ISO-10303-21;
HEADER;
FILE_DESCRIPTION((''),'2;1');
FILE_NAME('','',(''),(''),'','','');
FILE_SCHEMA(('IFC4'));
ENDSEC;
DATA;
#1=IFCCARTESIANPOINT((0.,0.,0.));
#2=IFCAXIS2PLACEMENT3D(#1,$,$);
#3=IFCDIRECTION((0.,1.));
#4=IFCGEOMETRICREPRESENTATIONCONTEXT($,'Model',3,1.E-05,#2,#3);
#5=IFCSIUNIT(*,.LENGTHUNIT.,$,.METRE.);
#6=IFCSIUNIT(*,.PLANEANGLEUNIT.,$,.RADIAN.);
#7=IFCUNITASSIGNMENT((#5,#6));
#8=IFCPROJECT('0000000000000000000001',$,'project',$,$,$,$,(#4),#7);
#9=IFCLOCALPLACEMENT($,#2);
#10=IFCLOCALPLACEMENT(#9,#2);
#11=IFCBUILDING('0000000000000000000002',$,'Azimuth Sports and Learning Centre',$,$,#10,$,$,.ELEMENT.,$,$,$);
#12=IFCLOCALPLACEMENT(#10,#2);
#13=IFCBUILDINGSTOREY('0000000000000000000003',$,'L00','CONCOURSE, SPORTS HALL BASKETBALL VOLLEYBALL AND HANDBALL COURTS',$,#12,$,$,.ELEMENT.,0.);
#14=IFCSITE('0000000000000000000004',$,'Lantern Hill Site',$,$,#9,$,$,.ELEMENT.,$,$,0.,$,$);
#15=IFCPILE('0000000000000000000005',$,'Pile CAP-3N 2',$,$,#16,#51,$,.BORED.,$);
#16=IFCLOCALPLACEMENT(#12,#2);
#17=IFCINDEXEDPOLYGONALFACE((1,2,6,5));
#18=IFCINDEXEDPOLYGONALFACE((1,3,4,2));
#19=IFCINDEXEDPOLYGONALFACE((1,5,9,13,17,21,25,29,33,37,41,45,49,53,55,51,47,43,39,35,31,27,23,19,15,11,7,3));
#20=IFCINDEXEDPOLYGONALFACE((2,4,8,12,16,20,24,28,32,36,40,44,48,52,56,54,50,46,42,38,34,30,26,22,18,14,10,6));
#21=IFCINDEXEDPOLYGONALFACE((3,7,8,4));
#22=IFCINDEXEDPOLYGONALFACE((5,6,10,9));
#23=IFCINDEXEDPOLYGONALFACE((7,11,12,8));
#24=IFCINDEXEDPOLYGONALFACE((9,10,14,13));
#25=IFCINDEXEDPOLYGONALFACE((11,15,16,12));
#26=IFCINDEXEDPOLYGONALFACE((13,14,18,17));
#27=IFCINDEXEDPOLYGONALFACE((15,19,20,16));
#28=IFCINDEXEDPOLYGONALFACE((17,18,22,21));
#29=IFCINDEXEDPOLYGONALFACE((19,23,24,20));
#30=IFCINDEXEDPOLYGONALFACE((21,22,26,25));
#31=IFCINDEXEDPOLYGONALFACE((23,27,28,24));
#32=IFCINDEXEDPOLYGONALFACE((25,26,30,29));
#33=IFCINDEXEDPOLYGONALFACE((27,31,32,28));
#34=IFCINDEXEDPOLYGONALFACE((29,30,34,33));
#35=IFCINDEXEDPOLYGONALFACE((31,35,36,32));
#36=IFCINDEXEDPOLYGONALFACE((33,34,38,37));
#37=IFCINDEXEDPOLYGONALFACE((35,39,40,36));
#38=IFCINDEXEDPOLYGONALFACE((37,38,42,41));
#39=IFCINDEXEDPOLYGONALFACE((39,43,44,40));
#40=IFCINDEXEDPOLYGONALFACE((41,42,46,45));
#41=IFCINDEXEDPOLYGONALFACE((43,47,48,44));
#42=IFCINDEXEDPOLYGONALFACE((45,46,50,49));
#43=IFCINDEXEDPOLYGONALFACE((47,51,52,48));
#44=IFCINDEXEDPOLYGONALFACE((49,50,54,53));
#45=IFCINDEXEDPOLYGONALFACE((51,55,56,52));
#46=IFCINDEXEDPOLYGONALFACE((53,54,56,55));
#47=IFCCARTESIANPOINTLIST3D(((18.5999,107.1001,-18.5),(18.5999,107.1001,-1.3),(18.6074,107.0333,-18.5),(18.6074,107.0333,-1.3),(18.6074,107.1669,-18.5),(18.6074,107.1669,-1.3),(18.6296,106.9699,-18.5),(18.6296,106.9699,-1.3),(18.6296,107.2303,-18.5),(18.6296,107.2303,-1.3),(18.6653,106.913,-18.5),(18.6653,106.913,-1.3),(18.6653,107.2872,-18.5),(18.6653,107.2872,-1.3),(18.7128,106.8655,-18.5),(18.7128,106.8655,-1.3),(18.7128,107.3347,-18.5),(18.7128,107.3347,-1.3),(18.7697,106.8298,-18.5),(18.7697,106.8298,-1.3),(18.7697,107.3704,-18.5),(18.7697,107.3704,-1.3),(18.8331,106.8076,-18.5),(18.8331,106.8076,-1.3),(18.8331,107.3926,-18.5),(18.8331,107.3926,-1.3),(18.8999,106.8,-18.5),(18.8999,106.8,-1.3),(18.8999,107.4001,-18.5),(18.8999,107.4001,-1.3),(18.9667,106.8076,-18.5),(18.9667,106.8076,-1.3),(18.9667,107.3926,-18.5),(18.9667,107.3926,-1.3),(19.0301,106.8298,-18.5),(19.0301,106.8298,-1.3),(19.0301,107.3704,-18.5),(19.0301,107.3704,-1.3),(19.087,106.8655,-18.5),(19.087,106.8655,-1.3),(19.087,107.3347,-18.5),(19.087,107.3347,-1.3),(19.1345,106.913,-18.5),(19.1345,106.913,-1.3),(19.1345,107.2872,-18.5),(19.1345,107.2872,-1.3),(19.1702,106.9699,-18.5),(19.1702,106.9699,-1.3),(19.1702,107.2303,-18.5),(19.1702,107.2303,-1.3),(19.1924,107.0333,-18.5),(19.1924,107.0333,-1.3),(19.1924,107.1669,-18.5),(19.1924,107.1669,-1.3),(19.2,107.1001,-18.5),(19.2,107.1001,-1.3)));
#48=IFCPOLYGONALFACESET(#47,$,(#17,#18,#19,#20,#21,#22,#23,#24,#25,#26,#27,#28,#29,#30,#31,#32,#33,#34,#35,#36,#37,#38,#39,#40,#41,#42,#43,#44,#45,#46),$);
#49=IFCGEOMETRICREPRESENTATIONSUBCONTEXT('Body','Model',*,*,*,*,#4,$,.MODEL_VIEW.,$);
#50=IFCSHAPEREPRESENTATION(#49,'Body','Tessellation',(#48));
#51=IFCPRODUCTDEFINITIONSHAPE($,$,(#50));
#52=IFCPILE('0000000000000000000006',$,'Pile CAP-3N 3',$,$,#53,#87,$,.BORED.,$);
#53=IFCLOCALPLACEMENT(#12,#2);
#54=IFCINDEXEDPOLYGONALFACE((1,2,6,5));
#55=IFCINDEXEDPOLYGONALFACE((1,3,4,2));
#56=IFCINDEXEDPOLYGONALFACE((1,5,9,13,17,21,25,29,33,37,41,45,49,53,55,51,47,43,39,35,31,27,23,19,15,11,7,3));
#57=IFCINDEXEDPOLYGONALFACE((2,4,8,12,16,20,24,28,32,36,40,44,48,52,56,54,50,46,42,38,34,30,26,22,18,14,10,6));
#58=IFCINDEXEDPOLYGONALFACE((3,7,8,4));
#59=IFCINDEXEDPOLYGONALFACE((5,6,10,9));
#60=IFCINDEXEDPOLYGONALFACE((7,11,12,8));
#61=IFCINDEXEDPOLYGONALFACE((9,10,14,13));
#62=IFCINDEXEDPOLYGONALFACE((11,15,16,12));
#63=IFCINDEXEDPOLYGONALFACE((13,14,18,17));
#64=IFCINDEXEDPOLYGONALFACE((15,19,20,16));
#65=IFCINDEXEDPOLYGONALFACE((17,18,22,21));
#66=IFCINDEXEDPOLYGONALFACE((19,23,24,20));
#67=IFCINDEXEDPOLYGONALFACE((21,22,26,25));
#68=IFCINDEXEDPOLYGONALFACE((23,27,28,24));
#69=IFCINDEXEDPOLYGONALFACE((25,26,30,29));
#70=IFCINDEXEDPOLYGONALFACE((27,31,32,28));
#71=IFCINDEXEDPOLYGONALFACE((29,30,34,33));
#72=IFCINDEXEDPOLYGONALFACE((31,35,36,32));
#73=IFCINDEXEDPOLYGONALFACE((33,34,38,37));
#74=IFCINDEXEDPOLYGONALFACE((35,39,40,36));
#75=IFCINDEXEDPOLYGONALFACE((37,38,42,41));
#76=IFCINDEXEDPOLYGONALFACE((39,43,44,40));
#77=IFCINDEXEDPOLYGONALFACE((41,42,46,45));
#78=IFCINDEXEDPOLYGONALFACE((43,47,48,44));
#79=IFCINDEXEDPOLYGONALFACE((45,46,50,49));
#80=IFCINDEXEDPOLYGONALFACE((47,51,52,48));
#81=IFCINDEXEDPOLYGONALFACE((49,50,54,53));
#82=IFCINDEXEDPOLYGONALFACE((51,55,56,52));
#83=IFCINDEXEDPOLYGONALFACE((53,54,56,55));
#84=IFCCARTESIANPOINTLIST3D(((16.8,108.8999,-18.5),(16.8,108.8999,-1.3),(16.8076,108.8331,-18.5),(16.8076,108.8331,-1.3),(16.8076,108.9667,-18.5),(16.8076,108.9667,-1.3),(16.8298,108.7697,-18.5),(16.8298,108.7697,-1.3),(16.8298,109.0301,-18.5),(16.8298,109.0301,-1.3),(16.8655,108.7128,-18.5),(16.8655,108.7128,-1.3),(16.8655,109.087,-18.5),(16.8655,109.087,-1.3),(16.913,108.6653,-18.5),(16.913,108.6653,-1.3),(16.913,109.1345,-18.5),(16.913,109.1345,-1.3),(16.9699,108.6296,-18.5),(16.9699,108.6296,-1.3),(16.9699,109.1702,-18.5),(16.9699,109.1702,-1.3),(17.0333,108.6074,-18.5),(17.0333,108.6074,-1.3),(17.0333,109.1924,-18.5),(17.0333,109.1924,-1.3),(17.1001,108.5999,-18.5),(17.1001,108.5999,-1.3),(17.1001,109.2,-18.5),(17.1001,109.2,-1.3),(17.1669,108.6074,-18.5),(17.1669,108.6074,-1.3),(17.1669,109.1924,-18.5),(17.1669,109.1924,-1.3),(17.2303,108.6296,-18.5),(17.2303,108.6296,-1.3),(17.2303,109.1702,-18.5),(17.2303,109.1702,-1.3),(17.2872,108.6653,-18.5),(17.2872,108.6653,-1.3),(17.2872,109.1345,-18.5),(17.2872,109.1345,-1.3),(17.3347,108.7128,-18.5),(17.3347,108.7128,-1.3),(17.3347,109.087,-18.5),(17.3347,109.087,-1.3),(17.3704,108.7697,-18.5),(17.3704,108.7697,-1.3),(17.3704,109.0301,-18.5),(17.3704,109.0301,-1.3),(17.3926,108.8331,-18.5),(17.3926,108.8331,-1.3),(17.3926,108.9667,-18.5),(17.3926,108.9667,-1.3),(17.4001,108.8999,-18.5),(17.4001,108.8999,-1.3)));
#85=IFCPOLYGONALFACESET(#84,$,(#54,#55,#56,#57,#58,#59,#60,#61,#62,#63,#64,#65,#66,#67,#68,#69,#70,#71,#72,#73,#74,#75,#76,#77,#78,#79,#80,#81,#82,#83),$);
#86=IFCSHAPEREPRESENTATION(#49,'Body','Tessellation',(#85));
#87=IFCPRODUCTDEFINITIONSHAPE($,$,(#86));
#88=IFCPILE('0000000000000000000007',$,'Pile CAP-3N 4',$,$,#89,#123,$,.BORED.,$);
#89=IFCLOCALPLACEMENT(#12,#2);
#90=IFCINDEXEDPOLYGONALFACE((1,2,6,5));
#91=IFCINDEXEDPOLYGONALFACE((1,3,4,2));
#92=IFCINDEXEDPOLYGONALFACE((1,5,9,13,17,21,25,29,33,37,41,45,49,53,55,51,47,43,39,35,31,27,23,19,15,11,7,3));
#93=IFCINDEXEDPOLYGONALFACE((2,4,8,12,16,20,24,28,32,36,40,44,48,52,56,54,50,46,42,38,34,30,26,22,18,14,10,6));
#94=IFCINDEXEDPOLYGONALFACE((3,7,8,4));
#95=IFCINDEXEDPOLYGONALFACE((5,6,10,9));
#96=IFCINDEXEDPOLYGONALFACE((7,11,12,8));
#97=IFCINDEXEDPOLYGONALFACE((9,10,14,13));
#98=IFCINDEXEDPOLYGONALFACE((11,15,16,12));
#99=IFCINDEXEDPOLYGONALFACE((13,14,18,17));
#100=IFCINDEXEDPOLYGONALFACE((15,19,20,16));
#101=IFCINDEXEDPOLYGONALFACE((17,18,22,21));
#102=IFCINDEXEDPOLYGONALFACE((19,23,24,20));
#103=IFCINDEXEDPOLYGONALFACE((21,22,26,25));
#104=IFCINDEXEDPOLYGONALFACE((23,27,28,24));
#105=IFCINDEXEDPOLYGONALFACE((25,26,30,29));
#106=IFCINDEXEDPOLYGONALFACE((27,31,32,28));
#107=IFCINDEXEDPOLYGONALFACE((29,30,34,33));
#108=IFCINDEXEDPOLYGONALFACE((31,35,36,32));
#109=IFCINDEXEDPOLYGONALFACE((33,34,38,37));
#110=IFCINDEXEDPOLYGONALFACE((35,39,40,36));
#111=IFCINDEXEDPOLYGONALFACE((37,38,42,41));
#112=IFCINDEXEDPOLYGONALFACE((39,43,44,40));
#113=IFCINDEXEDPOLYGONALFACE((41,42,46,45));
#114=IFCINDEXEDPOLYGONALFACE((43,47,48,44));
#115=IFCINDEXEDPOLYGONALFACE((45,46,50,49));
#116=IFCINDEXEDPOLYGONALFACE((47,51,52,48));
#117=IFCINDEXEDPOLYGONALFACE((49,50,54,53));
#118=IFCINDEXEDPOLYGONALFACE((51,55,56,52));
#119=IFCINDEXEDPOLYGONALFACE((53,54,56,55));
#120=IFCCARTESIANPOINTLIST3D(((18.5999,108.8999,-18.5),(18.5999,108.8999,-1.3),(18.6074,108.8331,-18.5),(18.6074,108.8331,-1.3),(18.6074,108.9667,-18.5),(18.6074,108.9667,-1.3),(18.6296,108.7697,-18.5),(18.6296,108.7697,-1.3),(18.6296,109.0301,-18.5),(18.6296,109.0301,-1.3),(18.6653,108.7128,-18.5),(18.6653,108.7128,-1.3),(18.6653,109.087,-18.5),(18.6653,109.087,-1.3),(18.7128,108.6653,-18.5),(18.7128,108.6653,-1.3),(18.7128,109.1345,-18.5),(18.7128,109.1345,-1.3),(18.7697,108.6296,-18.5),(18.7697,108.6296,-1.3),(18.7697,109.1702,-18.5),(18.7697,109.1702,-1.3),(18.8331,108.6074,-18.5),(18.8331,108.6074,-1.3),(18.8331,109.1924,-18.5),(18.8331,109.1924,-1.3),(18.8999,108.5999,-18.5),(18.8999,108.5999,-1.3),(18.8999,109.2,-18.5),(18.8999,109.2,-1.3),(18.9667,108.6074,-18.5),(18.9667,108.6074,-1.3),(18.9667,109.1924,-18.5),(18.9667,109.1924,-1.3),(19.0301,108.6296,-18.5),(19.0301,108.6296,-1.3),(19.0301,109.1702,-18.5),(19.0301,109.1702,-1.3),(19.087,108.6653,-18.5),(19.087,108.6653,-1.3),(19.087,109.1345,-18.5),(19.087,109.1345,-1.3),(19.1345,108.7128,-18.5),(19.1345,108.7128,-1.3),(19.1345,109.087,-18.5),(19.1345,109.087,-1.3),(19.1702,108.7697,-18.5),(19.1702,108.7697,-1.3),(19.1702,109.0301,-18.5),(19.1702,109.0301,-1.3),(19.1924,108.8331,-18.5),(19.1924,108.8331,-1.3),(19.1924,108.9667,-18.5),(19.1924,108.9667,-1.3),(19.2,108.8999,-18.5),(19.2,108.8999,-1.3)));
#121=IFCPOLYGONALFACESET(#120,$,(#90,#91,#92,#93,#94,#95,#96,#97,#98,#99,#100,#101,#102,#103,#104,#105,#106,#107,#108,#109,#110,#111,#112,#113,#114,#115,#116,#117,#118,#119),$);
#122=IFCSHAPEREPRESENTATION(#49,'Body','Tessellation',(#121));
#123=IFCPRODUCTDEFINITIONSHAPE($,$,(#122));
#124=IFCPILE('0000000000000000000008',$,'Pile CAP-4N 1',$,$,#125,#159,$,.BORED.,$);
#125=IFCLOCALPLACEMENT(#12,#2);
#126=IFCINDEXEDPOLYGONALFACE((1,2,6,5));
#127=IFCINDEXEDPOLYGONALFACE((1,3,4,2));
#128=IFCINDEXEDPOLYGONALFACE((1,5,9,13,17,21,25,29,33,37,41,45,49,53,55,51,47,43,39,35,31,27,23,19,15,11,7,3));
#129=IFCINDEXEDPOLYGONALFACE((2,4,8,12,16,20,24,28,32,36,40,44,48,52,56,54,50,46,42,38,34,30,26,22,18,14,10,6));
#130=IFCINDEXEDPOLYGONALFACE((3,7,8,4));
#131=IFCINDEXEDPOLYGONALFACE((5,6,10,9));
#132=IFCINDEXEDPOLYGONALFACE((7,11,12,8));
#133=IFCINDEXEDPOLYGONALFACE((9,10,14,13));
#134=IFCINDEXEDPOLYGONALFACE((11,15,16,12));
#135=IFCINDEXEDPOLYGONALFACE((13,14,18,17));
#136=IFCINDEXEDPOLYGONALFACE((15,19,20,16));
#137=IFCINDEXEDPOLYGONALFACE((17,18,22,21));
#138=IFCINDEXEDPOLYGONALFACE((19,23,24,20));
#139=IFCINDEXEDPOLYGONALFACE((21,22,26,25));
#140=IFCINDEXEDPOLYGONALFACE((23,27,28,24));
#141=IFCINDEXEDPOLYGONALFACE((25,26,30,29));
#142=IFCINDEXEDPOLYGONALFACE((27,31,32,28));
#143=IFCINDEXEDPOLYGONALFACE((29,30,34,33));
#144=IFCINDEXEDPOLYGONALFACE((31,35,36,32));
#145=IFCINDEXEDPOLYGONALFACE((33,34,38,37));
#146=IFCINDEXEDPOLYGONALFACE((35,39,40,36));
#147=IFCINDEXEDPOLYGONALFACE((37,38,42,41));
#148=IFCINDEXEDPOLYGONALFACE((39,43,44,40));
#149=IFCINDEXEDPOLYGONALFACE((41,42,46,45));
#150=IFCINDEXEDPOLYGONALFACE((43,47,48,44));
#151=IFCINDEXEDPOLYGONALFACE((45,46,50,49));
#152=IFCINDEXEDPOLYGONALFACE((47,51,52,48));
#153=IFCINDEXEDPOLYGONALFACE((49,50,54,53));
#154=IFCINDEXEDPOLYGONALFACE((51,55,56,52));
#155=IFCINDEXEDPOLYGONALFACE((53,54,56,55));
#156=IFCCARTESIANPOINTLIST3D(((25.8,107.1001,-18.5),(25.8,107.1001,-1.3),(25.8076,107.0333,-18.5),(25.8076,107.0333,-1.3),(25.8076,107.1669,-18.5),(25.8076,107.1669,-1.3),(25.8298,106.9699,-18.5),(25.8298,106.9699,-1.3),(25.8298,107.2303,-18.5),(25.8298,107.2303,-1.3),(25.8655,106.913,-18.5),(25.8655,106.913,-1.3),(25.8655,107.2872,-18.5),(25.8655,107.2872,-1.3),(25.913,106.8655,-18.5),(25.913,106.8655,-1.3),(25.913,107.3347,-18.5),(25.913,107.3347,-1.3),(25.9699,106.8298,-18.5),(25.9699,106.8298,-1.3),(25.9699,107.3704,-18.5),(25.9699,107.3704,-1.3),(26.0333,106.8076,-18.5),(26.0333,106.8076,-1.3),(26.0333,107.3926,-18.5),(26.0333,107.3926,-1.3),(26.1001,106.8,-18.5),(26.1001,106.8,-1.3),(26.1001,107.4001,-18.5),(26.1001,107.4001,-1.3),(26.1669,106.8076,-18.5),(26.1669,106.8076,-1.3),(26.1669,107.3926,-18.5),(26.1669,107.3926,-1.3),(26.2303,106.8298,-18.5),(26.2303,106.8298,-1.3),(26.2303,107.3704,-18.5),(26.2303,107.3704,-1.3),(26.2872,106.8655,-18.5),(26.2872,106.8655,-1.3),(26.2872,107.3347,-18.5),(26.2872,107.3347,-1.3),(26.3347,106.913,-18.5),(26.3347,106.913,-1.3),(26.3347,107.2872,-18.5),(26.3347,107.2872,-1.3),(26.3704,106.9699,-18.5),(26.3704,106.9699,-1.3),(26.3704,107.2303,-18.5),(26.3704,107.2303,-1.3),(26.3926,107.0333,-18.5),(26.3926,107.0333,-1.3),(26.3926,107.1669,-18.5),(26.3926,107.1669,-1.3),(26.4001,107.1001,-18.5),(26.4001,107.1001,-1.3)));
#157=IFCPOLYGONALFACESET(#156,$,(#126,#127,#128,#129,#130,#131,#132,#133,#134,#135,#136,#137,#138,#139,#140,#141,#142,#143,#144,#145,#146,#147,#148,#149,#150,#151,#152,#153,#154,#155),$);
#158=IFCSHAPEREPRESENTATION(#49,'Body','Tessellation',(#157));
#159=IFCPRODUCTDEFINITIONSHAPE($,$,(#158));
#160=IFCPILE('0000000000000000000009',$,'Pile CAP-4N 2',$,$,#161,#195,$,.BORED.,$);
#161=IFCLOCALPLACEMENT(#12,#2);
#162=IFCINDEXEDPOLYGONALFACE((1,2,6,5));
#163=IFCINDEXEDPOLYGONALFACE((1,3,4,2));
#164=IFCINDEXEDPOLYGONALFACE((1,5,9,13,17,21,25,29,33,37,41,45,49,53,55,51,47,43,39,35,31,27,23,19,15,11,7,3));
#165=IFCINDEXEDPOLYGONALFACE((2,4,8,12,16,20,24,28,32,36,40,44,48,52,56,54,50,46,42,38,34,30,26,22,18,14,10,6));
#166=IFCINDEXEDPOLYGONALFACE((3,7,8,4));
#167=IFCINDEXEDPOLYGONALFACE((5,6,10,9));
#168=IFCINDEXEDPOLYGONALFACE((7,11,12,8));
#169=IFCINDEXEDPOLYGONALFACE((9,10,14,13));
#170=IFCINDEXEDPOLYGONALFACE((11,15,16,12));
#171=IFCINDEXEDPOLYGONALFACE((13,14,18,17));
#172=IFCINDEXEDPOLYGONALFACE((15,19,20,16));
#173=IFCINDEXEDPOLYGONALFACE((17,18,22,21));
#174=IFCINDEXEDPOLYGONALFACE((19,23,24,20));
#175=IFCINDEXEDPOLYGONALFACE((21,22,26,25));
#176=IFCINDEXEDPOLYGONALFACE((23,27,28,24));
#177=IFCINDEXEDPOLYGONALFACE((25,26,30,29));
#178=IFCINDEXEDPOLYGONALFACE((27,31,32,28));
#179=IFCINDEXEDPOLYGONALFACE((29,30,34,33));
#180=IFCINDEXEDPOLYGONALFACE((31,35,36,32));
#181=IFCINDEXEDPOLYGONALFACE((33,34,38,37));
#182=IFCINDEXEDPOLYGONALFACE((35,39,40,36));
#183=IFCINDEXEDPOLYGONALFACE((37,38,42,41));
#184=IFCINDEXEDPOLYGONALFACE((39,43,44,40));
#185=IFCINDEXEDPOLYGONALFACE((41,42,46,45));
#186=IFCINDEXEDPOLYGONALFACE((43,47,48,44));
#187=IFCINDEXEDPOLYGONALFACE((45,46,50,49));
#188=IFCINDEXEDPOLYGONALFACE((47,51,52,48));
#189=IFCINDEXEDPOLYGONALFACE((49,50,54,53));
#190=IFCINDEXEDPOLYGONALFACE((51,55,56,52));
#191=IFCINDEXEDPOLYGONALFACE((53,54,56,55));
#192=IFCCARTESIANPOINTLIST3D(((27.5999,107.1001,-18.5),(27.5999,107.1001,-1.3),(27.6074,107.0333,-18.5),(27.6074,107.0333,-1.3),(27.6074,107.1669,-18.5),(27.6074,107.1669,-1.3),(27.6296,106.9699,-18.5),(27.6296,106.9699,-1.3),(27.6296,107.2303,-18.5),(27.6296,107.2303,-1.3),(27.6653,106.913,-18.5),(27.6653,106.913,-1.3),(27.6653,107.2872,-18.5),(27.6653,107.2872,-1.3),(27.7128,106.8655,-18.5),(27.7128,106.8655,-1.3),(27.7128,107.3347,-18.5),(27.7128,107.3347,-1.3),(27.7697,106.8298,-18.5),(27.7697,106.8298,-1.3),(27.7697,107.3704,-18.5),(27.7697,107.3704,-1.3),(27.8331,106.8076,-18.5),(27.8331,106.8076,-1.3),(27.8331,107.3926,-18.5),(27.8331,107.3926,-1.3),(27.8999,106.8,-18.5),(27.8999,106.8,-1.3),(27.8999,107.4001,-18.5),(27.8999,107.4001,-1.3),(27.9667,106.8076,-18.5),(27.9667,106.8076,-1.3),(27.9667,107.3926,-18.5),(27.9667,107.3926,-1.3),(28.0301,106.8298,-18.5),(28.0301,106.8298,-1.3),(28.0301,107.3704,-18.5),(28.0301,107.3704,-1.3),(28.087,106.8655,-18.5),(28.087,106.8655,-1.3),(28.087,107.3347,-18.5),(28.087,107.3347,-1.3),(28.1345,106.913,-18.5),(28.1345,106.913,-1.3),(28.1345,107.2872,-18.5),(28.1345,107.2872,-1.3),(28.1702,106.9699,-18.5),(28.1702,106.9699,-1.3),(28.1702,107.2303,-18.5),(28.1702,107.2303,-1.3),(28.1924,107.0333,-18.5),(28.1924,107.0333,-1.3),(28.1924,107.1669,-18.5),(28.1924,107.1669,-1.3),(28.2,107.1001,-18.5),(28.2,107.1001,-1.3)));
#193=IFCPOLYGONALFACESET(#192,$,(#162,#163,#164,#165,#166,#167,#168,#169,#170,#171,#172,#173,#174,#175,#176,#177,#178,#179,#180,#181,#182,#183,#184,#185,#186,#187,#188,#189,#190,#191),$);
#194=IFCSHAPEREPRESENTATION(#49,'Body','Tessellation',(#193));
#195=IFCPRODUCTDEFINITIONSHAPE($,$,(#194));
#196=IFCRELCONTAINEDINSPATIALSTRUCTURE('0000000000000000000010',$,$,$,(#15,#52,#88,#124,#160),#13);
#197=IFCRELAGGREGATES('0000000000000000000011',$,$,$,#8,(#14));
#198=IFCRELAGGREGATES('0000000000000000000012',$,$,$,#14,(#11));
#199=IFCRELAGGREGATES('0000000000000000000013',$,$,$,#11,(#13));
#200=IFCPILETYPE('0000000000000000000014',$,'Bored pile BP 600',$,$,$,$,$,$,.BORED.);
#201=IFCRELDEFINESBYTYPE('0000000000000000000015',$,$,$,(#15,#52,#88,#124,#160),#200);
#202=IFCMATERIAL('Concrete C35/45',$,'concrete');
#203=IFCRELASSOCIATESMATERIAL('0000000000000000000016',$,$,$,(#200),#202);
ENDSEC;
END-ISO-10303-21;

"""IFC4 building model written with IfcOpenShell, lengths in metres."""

from ifc_helpers import new_model, si_unit, direction, frame, origin, origin_2d, place, context, subcontext, project, spatial, circle, extrude, material, material_profile, profile_set, type_object, element, save


model = new_model("IFC4")

# Units and contexts
model_context = context("Model", 3, precision=1e-05, world=origin(), true_north=direction((0.0, 1.0)))
body_context = subcontext(model_context, "Body", "Model", "MODEL_VIEW")
ifc_project = project(units=[si_unit("LENGTHUNIT", "METRE"), si_unit("PLANEANGLEUNIT", "RADIAN")], contexts=[model_context])

# Site, building, storey
site_placement = place(None, origin())
site = spatial("IfcSite", under=ifc_project, at=site_placement, Name="Lantern Hill Site", CompositionType="ELEMENT", RefElevation=0.0)
building_placement = place(site_placement, origin())
building = spatial("IfcBuilding", under=site, at=building_placement, Name="Azimuth Sports and Learning Centre", CompositionType="ELEMENT")
storey_placement = place(building_placement, origin())
storey = spatial("IfcBuildingStorey", under=building, at=storey_placement, Name="L00", Description="CONCOURSE, SPORTS HALL BASKETBALL VOLLEYBALL AND HANDBALL COURTS", CompositionType="ELEMENT", Elevation=0.0)

# Piles
ifc_material_1 = material(Name="Concrete C35/45", Category="concrete")
ifc_material_profile_1 = material_profile(ifc_material_1, circle(Radius=0.3, at=origin_2d()), Name="BP 600")
ifc_profile_set_1 = profile_set([ifc_material_profile_1], Name="Concrete C35/45")
pile_type = type_object("IfcPileType", Name="Bored pile BP 600", PredefinedType="BORED", material=ifc_profile_set_1)
for number, where, z_axis, x_axis, name in (
    (1, (18.8999, 107.1001, -1.3), (0.0, 0.0, -1.0), (1.0, 0.0, 0.0), "Pile CAP-3N 2"),
    (2, (17.1001, 108.8999, -1.3), (0.0, 0.0, -1.0), (1.0, 0.0, 0.0), "Pile CAP-3N 3"),
    (3, (18.8999, 108.8999, -1.3), (0.0, 0.0, -1.0), (1.0, 0.0, 0.0), "Pile CAP-3N 4"),
    (4, (26.1001, 107.1001, -1.3), (0.0, 0.0, -1.0), (1.0, 0.0, 0.0), "Pile CAP-4N 1"),
    (5, (27.8999, 107.1001, -1.3), (0.0, 0.0, -1.0), (1.0, 0.0, 0.0), "Pile CAP-4N 2"),
):
    element("IfcPile", number, at=place(storey_placement, frame(where, z_axis=z_axis, x_axis=x_axis)), inside=storey, type_object=pile_type, Name=name, PredefinedType="BORED", context=body_context, shape_type="SweptSolid", body=[
        extrude(circle(Radius=0.3, at=origin_2d()), origin(), (0.0, 0.0, 1.0), 17.2),
    ])

save(model, "model.ifc")
